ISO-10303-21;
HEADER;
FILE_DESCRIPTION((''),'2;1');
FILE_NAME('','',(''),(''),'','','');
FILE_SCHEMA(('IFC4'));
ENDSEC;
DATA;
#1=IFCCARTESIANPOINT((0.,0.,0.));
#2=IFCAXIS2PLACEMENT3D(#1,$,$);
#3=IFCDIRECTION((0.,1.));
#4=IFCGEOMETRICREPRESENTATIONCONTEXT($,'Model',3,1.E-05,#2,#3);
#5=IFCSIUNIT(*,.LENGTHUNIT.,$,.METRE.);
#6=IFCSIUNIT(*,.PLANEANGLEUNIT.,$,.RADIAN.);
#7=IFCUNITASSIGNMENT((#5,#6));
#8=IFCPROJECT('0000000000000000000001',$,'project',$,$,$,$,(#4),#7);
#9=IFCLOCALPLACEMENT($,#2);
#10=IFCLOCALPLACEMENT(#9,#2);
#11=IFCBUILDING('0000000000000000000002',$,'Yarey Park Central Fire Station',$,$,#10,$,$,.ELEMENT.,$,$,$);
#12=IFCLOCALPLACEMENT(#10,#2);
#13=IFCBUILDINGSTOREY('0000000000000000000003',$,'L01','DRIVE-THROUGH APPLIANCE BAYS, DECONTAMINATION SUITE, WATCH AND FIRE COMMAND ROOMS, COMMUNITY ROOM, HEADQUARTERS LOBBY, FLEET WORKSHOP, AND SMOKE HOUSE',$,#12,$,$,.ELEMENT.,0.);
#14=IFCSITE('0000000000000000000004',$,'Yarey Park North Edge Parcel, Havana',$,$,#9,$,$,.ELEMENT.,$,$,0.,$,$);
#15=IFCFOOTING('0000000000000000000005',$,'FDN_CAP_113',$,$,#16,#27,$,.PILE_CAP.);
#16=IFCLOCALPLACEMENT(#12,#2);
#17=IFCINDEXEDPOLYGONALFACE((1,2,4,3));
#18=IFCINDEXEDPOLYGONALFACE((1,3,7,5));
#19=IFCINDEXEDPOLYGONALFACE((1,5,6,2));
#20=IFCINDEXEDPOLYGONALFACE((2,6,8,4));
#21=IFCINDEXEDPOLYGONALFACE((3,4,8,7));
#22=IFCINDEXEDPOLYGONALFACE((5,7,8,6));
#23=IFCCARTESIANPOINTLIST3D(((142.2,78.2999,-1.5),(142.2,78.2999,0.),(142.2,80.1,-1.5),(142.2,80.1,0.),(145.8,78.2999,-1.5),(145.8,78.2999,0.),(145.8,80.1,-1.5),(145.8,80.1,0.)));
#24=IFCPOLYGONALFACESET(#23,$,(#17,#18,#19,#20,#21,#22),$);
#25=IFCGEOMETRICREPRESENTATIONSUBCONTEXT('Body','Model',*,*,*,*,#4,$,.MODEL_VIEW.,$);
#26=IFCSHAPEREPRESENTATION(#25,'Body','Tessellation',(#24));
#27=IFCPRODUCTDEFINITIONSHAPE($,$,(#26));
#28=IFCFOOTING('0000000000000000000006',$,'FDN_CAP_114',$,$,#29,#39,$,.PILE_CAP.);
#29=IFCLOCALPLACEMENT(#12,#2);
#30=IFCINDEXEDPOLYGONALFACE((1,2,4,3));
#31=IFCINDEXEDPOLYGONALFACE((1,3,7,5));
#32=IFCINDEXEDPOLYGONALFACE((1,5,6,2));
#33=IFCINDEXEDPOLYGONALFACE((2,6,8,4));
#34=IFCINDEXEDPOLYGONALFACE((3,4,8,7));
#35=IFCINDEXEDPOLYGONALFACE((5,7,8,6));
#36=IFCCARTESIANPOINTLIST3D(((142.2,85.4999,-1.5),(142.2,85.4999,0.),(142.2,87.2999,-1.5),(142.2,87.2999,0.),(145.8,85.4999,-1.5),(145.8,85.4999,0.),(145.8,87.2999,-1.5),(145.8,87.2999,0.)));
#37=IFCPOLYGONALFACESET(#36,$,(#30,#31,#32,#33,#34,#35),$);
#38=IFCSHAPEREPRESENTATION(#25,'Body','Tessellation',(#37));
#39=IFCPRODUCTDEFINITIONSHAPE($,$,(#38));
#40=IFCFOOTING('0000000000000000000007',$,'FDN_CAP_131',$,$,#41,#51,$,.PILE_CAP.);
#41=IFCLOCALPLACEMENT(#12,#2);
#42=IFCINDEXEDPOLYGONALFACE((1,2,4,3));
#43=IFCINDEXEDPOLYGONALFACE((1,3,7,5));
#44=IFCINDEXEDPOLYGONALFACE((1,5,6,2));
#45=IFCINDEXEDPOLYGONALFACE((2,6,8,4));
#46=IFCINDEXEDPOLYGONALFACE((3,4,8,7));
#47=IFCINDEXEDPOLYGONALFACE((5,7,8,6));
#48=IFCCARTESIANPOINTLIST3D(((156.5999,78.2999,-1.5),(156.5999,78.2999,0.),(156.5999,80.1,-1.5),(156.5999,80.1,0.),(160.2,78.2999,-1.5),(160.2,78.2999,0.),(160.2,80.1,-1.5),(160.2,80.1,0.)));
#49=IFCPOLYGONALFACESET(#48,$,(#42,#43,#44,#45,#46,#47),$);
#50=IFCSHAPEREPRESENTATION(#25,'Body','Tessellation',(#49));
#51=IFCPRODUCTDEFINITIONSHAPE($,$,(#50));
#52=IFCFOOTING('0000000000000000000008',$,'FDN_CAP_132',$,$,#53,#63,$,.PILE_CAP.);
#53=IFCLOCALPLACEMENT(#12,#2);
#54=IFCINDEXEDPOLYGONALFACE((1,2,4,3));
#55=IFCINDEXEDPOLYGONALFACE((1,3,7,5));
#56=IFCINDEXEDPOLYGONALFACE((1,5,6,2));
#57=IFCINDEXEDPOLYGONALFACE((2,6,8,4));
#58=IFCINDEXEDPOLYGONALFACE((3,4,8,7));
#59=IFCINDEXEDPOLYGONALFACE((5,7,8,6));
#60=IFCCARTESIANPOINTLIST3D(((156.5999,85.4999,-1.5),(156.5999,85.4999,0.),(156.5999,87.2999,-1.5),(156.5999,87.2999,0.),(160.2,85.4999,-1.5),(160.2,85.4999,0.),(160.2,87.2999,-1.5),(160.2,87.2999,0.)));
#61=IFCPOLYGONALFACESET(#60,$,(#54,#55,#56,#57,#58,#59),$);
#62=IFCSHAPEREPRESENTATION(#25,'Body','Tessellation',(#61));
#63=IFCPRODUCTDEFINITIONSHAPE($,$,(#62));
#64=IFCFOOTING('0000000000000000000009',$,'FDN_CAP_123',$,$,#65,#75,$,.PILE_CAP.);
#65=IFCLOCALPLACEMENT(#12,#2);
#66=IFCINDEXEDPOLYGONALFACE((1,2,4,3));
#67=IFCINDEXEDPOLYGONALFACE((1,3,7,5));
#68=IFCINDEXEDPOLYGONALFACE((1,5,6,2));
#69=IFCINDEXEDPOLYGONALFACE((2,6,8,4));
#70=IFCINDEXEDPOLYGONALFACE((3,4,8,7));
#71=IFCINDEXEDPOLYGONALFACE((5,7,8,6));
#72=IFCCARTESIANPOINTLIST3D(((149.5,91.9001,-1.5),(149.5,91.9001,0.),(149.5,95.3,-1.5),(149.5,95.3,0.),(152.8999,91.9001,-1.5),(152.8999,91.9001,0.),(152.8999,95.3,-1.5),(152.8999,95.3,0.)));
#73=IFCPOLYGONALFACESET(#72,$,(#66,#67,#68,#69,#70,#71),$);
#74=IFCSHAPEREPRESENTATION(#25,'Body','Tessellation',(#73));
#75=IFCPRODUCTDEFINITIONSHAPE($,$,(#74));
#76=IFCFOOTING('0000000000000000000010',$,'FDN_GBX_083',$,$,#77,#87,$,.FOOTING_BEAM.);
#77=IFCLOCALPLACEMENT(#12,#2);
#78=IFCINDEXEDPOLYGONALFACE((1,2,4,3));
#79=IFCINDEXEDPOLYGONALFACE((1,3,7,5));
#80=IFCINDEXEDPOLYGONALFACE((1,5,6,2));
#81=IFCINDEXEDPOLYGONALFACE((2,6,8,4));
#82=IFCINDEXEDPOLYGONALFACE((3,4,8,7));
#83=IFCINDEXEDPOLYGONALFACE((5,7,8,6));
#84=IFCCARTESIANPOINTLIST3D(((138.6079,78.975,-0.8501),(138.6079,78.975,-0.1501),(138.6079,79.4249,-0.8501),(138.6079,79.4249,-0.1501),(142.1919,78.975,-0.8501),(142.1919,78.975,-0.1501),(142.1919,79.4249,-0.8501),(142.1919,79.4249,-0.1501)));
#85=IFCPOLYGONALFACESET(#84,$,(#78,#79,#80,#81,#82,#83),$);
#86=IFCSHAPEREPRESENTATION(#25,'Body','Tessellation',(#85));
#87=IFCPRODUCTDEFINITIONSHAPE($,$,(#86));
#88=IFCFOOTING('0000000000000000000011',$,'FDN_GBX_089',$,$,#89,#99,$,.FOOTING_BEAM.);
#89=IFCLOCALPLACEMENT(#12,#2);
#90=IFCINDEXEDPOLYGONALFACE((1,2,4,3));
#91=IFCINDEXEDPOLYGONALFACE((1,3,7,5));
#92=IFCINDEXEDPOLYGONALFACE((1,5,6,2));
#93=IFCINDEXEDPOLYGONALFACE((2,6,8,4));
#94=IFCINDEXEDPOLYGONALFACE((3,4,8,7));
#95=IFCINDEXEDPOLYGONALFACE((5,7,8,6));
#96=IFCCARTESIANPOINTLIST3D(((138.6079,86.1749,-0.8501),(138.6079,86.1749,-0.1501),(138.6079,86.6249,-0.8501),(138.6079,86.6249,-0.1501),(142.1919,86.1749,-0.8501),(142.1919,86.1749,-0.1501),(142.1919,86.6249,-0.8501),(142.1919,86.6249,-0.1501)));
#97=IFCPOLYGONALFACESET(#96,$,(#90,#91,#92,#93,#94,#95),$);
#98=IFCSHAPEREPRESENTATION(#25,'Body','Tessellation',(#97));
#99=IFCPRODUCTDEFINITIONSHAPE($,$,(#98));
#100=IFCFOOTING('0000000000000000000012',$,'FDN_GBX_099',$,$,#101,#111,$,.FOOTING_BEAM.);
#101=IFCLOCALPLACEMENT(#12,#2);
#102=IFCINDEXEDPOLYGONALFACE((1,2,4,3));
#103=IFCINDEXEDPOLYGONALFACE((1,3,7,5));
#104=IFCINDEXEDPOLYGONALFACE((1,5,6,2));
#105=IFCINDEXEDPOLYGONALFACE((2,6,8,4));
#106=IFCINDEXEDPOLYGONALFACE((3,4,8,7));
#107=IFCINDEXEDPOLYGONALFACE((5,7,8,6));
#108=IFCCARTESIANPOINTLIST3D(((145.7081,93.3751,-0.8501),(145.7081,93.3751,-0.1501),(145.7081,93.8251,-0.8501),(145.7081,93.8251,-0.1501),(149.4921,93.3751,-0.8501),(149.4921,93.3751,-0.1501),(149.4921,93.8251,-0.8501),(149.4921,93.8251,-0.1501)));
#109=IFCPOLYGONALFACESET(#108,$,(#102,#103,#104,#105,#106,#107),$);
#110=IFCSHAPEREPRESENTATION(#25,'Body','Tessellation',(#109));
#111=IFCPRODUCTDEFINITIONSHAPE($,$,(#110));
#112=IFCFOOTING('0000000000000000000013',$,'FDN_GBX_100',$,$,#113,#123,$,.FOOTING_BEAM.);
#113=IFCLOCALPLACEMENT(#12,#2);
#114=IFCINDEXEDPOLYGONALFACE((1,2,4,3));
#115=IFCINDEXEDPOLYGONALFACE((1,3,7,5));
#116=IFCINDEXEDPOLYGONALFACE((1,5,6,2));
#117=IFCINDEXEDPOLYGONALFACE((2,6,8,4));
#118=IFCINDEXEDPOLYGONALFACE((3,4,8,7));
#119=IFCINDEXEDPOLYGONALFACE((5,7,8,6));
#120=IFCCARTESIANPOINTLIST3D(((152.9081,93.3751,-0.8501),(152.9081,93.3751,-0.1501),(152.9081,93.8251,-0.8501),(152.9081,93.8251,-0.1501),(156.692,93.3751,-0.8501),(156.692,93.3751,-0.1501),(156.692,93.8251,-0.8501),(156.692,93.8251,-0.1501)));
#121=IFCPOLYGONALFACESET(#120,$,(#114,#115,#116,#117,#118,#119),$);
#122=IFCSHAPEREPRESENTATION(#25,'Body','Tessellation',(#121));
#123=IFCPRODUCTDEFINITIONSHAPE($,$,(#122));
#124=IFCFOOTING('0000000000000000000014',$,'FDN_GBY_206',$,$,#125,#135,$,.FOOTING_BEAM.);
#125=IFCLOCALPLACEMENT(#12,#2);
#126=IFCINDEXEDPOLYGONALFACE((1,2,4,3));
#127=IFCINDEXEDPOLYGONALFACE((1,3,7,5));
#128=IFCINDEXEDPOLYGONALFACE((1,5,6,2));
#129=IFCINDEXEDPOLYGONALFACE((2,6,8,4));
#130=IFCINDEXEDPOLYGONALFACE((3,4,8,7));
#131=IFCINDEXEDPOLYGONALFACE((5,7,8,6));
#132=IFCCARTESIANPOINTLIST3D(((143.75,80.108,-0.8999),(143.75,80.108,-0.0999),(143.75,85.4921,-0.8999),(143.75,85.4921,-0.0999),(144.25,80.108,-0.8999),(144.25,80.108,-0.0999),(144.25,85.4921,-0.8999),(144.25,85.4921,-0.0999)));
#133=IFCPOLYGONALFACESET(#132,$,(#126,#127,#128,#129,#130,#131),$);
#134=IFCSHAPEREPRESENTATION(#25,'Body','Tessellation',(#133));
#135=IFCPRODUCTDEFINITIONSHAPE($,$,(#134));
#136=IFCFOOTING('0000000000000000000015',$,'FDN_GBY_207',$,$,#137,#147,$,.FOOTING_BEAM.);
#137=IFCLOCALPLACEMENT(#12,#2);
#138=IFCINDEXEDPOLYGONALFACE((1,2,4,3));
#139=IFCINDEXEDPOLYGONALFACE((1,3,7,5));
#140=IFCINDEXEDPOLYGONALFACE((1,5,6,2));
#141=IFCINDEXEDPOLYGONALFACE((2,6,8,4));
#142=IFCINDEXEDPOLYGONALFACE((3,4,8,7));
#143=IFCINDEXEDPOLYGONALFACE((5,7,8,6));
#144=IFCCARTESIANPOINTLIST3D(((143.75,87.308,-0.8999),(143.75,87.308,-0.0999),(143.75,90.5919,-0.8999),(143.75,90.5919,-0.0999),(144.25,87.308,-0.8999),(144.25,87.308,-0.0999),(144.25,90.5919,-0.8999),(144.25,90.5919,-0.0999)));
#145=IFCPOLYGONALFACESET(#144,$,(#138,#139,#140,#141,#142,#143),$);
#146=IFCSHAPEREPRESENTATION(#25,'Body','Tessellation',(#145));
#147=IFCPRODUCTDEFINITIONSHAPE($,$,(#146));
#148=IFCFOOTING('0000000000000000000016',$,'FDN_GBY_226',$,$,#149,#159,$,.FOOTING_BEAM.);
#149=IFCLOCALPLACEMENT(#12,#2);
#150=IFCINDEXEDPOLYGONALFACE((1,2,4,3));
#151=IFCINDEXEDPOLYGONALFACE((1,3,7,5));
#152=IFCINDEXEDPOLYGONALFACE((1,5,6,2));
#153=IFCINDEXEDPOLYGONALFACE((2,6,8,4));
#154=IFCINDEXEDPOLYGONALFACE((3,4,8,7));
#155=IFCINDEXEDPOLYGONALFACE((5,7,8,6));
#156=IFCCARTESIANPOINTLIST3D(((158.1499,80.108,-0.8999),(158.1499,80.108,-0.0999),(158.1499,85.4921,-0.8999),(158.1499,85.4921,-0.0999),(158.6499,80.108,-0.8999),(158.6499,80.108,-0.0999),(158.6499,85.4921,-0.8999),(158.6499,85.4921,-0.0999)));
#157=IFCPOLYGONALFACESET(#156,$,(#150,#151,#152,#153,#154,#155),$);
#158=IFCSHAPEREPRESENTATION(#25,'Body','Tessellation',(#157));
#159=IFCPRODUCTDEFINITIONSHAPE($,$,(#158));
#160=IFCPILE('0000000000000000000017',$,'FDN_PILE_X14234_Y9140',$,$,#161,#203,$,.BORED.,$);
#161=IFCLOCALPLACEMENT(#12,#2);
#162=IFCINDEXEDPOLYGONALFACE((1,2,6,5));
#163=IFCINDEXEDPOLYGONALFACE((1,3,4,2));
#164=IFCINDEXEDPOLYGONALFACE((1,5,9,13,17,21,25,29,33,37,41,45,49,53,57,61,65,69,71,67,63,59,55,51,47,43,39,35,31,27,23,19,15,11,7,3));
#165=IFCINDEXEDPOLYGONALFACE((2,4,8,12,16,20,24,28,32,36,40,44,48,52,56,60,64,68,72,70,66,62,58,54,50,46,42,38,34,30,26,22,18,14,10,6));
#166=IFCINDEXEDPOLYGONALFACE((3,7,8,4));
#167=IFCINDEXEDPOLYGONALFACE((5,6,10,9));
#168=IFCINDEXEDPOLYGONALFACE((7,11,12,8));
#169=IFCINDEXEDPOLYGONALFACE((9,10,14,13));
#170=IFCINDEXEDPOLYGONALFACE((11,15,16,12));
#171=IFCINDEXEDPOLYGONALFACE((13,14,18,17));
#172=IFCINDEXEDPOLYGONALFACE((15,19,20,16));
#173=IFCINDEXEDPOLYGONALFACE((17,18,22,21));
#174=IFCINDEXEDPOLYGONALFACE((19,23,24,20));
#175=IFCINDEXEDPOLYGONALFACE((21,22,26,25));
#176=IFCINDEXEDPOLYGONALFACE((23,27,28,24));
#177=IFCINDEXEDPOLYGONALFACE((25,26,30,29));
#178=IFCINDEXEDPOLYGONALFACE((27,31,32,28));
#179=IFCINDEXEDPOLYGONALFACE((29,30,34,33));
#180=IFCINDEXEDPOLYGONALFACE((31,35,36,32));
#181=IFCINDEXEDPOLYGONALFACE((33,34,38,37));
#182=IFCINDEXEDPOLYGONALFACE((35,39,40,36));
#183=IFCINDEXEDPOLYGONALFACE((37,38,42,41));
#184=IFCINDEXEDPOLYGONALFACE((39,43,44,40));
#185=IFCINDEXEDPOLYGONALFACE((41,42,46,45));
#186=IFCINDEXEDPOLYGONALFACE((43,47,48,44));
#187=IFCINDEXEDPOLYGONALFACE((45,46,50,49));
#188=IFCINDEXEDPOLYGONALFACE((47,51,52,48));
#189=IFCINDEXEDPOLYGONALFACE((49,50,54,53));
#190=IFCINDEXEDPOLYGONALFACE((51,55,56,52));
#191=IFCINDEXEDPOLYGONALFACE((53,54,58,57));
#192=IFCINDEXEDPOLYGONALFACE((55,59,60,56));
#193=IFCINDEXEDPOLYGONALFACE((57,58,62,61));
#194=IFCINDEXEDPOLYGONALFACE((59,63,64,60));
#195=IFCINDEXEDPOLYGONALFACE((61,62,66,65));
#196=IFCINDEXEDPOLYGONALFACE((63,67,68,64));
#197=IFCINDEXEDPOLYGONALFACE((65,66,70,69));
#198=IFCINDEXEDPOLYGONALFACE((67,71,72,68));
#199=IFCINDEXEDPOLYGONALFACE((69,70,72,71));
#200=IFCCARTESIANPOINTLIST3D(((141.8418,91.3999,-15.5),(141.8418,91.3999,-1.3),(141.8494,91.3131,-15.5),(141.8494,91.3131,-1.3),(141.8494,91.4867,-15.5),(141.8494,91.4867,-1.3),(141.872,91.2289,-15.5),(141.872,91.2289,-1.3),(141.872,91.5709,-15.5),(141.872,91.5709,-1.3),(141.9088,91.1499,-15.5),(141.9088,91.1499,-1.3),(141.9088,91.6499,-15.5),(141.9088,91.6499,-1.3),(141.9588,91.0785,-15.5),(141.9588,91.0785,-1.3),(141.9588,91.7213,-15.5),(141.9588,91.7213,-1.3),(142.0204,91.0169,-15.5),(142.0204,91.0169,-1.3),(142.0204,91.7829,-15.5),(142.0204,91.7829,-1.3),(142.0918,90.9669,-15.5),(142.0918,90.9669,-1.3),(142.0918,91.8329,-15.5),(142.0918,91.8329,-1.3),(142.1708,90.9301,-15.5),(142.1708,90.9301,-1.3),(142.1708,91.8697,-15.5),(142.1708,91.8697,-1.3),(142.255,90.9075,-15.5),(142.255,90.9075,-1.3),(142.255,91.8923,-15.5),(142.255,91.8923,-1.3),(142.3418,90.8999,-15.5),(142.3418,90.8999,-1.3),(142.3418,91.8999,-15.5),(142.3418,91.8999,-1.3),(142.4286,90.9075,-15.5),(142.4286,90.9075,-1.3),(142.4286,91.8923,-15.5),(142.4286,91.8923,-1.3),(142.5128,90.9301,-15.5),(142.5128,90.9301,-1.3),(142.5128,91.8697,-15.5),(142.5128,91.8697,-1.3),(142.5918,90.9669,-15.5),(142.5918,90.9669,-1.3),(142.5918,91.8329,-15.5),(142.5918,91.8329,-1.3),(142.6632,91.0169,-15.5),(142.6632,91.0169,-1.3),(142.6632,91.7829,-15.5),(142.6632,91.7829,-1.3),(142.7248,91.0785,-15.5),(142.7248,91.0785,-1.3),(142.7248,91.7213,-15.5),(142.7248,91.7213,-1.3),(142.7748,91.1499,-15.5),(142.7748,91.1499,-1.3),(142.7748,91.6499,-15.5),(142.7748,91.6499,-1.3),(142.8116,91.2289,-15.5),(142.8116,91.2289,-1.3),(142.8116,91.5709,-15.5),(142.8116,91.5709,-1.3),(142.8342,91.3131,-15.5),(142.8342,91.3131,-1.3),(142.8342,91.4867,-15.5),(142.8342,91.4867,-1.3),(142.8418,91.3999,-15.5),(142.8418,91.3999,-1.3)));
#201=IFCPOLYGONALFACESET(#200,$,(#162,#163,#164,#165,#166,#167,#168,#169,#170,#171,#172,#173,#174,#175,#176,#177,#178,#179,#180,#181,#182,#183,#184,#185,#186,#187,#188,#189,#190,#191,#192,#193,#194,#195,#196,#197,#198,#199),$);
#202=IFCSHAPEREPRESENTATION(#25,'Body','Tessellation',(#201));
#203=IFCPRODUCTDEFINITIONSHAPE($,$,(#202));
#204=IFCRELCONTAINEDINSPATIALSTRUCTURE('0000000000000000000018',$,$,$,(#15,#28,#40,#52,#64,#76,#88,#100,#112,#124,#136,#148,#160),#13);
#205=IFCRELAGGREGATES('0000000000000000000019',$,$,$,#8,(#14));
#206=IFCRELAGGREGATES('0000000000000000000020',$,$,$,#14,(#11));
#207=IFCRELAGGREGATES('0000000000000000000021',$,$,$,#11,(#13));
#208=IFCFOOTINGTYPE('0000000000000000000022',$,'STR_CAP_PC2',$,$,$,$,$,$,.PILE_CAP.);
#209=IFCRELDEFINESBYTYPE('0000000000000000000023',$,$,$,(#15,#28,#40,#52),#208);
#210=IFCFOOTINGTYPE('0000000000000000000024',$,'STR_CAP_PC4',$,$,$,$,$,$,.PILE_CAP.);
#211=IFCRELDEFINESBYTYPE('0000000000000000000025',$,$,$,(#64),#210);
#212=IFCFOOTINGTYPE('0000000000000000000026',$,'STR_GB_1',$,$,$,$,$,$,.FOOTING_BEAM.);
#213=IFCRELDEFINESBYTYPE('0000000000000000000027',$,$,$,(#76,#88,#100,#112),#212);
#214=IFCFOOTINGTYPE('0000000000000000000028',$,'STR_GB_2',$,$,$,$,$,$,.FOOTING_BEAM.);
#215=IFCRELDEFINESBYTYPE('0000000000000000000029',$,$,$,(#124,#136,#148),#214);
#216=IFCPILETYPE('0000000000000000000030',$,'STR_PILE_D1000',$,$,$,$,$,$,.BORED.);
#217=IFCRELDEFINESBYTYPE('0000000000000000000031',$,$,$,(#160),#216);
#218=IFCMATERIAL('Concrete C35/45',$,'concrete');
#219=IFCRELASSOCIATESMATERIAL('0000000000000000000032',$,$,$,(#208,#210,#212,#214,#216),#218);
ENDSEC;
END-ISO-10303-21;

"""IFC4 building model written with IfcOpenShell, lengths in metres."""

from ifc_helpers import new_model, si_unit, direction, frame, origin, origin_2d, place, context, subcontext, project, spatial, rectangle, circle, extrude, material, material_profile, profile_set, type_object, element, save


model = new_model("IFC4")

# Units and contexts
model_context = context("Model", 3, precision=1e-05, world=origin(), true_north=direction((0.0, 1.0)))
body_context = subcontext(model_context, "Body", "Model", "MODEL_VIEW")
ifc_project = project(units=[si_unit("LENGTHUNIT", "METRE"), si_unit("PLANEANGLEUNIT", "RADIAN")], contexts=[model_context])

# Site, building, storey
site_placement = place(None, origin())
site = spatial("IfcSite", under=ifc_project, at=site_placement, Name="Yarey Park North Edge Parcel, Havana", CompositionType="ELEMENT", RefElevation=0.0)
building_placement = place(site_placement, origin())
building = spatial("IfcBuilding", under=site, at=building_placement, Name="Yarey Park Central Fire Station", CompositionType="ELEMENT")
storey_placement = place(building_placement, origin())
storey = spatial("IfcBuildingStorey", under=building, at=storey_placement, Name="L01", Description="DRIVE-THROUGH APPLIANCE BAYS, DECONTAMINATION SUITE, WATCH AND FIRE COMMAND ROOMS, COMMUNITY ROOM, HEADQUARTERS LOBBY, FLEET WORKSHOP, AND SMOKE HOUSE", CompositionType="ELEMENT", Elevation=0.0)

# Footings
ifc_material_1 = material(Name="Concrete C35/45", Category="concrete")
footing_type_1 = type_object("IfcFootingType", Name="STR_CAP_PC2", PredefinedType="PILE_CAP", material=ifc_material_1)
for number, where, z_axis, x_axis, name in (
    (1, (144.0, 79.2, -1.5), (0.0, 0.0, 1.0), (1.0, 0.0, 0.0), "FDN_CAP_113"),
    (2, (144.0, 86.3999, -1.5), (0.0, 0.0, 1.0), (1.0, 0.0, 0.0), "FDN_CAP_114"),
    (3, (158.3999, 79.2, -1.5), (0.0, 0.0, 1.0), (1.0, 0.0, 0.0), "FDN_CAP_131"),
    (4, (158.3999, 86.3999, -1.5), (0.0, 0.0, 1.0), (1.0, 0.0, 0.0), "FDN_CAP_132"),
):
    element("IfcFooting", number, at=place(storey_placement, frame(where, z_axis=z_axis, x_axis=x_axis)), inside=storey, type_object=footing_type_1, Name=name, PredefinedType="PILE_CAP", context=body_context, shape_type="SweptSolid", body=[
        extrude(rectangle(XDim=3.6001, YDim=1.8, at=origin_2d()), origin(), (0.0, 0.0, 1.0), 1.5),
    ])
footing_type_2 = type_object("IfcFootingType", Name="STR_CAP_PC4", PredefinedType="PILE_CAP", material=ifc_material_1)
footing_1_placement = place(storey_placement, frame((151.2, 93.6001, -1.5), z_axis=(0.0, 0.0, 1.0), x_axis=(1.0, 0.0, 0.0)))
element("IfcFooting", 5, at=footing_1_placement, inside=storey, type_object=footing_type_2, Name="FDN_CAP_123", PredefinedType="PILE_CAP", context=body_context, shape_type="SweptSolid", body=[
    extrude(rectangle(XDim=3.3999, YDim=3.3999, at=origin_2d()), origin(), (0.0, 0.0, 1.0), 1.5),
])
footing_type_3 = type_object("IfcFootingType", Name="STR_GB_1", PredefinedType="FOOTING_BEAM", material=ifc_material_1)
for number, where, z_axis, x_axis, name in (
    (6, (140.3999, 79.2, -0.8501), (0.0, 0.0, 1.0), (1.0, 0.0, 0.0), "FDN_GBX_083"),
    (7, (140.3999, 86.3999, -0.8501), (0.0, 0.0, 1.0), (1.0, 0.0, 0.0), "FDN_GBX_089"),
):
    element("IfcFooting", number, at=place(storey_placement, frame(where, z_axis=z_axis, x_axis=x_axis)), inside=storey, type_object=footing_type_3, Name=name, PredefinedType="FOOTING_BEAM", context=body_context, shape_type="SweptSolid", body=[
        extrude(rectangle(XDim=3.584, YDim=0.45, at=origin_2d()), origin(), (0.0, 0.0, 1.0), 0.7),
    ])
for number, where, z_axis, x_axis, name in (
    (8, (147.6001, 93.6001, -0.8501), (0.0, 0.0, 1.0), (1.0, 0.0, 0.0), "FDN_GBX_099"),
    (9, (154.8, 93.6001, -0.8501), (0.0, 0.0, 1.0), (1.0, 0.0, 0.0), "FDN_GBX_100"),
):
    element("IfcFooting", number, at=place(storey_placement, frame(where, z_axis=z_axis, x_axis=x_axis)), inside=storey, type_object=footing_type_3, Name=name, PredefinedType="FOOTING_BEAM", context=body_context, shape_type="SweptSolid", body=[
        extrude(rectangle(XDim=3.7839, YDim=0.45, at=origin_2d()), origin(), (0.0, 0.0, 1.0), 0.7),
    ])
footing_type_4 = type_object("IfcFootingType", Name="STR_GB_2", PredefinedType="FOOTING_BEAM", material=ifc_material_1)
footing_2_placement = place(storey_placement, frame((144.0, 82.8, -0.8999), z_axis=(0.0, 0.0, 1.0), x_axis=(1.0, 0.0, 0.0)))
element("IfcFooting", 10, at=footing_2_placement, inside=storey, type_object=footing_type_4, Name="FDN_GBY_206", PredefinedType="FOOTING_BEAM", context=body_context, shape_type="SweptSolid", body=[
    extrude(rectangle(XDim=0.5, YDim=5.384, at=origin_2d()), origin(), (0.0, 0.0, 1.0), 0.8),
])
footing_3_placement = place(storey_placement, frame((144.0, 88.95, -0.8999), z_axis=(0.0, 0.0, 1.0), x_axis=(1.0, 0.0, 0.0)))
element("IfcFooting", 11, at=footing_3_placement, inside=storey, type_object=footing_type_4, Name="FDN_GBY_207", PredefinedType="FOOTING_BEAM", context=body_context, shape_type="SweptSolid", body=[
    extrude(rectangle(XDim=0.5, YDim=3.2839, at=origin_2d()), origin(), (0.0, 0.0, 1.0), 0.8),
])
footing_4_placement = place(storey_placement, frame((158.3999, 82.8, -0.8999), z_axis=(0.0, 0.0, 1.0), x_axis=(1.0, 0.0, 0.0)))
element("IfcFooting", 12, at=footing_4_placement, inside=storey, type_object=footing_type_4, Name="FDN_GBY_226", PredefinedType="FOOTING_BEAM", context=body_context, shape_type="SweptSolid", body=[
    extrude(rectangle(XDim=0.5, YDim=5.384, at=origin_2d()), origin(), (0.0, 0.0, 1.0), 0.8),
])

# Pile
ifc_material_profile_1 = material_profile(ifc_material_1, circle(Radius=0.5, at=origin_2d()), Name="BORED PILE D1000")
ifc_profile_set_1 = profile_set([ifc_material_profile_1], Name="Concrete C35/45")
pile_type_1 = type_object("IfcPileType", Name="STR_PILE_D1000", PredefinedType="BORED", material=ifc_profile_set_1)
for number, where, z_axis, x_axis, name in (
    (13, (142.3418, 91.3999, -1.3), (0.0, 0.0, -1.0), (1.0, 0.0, 0.0), "FDN_PILE_X14234_Y9140"),
):
    element("IfcPile", number, at=place(storey_placement, frame(where, z_axis=z_axis, x_axis=x_axis)), inside=storey, type_object=pile_type_1, Name=name, PredefinedType="BORED", context=body_context, shape_type="SweptSolid", body=[
        extrude(circle(Radius=0.5, at=origin_2d()), origin(), (0.0, 0.0, 1.0), 14.2),
    ])

save(model, "model.ifc")
